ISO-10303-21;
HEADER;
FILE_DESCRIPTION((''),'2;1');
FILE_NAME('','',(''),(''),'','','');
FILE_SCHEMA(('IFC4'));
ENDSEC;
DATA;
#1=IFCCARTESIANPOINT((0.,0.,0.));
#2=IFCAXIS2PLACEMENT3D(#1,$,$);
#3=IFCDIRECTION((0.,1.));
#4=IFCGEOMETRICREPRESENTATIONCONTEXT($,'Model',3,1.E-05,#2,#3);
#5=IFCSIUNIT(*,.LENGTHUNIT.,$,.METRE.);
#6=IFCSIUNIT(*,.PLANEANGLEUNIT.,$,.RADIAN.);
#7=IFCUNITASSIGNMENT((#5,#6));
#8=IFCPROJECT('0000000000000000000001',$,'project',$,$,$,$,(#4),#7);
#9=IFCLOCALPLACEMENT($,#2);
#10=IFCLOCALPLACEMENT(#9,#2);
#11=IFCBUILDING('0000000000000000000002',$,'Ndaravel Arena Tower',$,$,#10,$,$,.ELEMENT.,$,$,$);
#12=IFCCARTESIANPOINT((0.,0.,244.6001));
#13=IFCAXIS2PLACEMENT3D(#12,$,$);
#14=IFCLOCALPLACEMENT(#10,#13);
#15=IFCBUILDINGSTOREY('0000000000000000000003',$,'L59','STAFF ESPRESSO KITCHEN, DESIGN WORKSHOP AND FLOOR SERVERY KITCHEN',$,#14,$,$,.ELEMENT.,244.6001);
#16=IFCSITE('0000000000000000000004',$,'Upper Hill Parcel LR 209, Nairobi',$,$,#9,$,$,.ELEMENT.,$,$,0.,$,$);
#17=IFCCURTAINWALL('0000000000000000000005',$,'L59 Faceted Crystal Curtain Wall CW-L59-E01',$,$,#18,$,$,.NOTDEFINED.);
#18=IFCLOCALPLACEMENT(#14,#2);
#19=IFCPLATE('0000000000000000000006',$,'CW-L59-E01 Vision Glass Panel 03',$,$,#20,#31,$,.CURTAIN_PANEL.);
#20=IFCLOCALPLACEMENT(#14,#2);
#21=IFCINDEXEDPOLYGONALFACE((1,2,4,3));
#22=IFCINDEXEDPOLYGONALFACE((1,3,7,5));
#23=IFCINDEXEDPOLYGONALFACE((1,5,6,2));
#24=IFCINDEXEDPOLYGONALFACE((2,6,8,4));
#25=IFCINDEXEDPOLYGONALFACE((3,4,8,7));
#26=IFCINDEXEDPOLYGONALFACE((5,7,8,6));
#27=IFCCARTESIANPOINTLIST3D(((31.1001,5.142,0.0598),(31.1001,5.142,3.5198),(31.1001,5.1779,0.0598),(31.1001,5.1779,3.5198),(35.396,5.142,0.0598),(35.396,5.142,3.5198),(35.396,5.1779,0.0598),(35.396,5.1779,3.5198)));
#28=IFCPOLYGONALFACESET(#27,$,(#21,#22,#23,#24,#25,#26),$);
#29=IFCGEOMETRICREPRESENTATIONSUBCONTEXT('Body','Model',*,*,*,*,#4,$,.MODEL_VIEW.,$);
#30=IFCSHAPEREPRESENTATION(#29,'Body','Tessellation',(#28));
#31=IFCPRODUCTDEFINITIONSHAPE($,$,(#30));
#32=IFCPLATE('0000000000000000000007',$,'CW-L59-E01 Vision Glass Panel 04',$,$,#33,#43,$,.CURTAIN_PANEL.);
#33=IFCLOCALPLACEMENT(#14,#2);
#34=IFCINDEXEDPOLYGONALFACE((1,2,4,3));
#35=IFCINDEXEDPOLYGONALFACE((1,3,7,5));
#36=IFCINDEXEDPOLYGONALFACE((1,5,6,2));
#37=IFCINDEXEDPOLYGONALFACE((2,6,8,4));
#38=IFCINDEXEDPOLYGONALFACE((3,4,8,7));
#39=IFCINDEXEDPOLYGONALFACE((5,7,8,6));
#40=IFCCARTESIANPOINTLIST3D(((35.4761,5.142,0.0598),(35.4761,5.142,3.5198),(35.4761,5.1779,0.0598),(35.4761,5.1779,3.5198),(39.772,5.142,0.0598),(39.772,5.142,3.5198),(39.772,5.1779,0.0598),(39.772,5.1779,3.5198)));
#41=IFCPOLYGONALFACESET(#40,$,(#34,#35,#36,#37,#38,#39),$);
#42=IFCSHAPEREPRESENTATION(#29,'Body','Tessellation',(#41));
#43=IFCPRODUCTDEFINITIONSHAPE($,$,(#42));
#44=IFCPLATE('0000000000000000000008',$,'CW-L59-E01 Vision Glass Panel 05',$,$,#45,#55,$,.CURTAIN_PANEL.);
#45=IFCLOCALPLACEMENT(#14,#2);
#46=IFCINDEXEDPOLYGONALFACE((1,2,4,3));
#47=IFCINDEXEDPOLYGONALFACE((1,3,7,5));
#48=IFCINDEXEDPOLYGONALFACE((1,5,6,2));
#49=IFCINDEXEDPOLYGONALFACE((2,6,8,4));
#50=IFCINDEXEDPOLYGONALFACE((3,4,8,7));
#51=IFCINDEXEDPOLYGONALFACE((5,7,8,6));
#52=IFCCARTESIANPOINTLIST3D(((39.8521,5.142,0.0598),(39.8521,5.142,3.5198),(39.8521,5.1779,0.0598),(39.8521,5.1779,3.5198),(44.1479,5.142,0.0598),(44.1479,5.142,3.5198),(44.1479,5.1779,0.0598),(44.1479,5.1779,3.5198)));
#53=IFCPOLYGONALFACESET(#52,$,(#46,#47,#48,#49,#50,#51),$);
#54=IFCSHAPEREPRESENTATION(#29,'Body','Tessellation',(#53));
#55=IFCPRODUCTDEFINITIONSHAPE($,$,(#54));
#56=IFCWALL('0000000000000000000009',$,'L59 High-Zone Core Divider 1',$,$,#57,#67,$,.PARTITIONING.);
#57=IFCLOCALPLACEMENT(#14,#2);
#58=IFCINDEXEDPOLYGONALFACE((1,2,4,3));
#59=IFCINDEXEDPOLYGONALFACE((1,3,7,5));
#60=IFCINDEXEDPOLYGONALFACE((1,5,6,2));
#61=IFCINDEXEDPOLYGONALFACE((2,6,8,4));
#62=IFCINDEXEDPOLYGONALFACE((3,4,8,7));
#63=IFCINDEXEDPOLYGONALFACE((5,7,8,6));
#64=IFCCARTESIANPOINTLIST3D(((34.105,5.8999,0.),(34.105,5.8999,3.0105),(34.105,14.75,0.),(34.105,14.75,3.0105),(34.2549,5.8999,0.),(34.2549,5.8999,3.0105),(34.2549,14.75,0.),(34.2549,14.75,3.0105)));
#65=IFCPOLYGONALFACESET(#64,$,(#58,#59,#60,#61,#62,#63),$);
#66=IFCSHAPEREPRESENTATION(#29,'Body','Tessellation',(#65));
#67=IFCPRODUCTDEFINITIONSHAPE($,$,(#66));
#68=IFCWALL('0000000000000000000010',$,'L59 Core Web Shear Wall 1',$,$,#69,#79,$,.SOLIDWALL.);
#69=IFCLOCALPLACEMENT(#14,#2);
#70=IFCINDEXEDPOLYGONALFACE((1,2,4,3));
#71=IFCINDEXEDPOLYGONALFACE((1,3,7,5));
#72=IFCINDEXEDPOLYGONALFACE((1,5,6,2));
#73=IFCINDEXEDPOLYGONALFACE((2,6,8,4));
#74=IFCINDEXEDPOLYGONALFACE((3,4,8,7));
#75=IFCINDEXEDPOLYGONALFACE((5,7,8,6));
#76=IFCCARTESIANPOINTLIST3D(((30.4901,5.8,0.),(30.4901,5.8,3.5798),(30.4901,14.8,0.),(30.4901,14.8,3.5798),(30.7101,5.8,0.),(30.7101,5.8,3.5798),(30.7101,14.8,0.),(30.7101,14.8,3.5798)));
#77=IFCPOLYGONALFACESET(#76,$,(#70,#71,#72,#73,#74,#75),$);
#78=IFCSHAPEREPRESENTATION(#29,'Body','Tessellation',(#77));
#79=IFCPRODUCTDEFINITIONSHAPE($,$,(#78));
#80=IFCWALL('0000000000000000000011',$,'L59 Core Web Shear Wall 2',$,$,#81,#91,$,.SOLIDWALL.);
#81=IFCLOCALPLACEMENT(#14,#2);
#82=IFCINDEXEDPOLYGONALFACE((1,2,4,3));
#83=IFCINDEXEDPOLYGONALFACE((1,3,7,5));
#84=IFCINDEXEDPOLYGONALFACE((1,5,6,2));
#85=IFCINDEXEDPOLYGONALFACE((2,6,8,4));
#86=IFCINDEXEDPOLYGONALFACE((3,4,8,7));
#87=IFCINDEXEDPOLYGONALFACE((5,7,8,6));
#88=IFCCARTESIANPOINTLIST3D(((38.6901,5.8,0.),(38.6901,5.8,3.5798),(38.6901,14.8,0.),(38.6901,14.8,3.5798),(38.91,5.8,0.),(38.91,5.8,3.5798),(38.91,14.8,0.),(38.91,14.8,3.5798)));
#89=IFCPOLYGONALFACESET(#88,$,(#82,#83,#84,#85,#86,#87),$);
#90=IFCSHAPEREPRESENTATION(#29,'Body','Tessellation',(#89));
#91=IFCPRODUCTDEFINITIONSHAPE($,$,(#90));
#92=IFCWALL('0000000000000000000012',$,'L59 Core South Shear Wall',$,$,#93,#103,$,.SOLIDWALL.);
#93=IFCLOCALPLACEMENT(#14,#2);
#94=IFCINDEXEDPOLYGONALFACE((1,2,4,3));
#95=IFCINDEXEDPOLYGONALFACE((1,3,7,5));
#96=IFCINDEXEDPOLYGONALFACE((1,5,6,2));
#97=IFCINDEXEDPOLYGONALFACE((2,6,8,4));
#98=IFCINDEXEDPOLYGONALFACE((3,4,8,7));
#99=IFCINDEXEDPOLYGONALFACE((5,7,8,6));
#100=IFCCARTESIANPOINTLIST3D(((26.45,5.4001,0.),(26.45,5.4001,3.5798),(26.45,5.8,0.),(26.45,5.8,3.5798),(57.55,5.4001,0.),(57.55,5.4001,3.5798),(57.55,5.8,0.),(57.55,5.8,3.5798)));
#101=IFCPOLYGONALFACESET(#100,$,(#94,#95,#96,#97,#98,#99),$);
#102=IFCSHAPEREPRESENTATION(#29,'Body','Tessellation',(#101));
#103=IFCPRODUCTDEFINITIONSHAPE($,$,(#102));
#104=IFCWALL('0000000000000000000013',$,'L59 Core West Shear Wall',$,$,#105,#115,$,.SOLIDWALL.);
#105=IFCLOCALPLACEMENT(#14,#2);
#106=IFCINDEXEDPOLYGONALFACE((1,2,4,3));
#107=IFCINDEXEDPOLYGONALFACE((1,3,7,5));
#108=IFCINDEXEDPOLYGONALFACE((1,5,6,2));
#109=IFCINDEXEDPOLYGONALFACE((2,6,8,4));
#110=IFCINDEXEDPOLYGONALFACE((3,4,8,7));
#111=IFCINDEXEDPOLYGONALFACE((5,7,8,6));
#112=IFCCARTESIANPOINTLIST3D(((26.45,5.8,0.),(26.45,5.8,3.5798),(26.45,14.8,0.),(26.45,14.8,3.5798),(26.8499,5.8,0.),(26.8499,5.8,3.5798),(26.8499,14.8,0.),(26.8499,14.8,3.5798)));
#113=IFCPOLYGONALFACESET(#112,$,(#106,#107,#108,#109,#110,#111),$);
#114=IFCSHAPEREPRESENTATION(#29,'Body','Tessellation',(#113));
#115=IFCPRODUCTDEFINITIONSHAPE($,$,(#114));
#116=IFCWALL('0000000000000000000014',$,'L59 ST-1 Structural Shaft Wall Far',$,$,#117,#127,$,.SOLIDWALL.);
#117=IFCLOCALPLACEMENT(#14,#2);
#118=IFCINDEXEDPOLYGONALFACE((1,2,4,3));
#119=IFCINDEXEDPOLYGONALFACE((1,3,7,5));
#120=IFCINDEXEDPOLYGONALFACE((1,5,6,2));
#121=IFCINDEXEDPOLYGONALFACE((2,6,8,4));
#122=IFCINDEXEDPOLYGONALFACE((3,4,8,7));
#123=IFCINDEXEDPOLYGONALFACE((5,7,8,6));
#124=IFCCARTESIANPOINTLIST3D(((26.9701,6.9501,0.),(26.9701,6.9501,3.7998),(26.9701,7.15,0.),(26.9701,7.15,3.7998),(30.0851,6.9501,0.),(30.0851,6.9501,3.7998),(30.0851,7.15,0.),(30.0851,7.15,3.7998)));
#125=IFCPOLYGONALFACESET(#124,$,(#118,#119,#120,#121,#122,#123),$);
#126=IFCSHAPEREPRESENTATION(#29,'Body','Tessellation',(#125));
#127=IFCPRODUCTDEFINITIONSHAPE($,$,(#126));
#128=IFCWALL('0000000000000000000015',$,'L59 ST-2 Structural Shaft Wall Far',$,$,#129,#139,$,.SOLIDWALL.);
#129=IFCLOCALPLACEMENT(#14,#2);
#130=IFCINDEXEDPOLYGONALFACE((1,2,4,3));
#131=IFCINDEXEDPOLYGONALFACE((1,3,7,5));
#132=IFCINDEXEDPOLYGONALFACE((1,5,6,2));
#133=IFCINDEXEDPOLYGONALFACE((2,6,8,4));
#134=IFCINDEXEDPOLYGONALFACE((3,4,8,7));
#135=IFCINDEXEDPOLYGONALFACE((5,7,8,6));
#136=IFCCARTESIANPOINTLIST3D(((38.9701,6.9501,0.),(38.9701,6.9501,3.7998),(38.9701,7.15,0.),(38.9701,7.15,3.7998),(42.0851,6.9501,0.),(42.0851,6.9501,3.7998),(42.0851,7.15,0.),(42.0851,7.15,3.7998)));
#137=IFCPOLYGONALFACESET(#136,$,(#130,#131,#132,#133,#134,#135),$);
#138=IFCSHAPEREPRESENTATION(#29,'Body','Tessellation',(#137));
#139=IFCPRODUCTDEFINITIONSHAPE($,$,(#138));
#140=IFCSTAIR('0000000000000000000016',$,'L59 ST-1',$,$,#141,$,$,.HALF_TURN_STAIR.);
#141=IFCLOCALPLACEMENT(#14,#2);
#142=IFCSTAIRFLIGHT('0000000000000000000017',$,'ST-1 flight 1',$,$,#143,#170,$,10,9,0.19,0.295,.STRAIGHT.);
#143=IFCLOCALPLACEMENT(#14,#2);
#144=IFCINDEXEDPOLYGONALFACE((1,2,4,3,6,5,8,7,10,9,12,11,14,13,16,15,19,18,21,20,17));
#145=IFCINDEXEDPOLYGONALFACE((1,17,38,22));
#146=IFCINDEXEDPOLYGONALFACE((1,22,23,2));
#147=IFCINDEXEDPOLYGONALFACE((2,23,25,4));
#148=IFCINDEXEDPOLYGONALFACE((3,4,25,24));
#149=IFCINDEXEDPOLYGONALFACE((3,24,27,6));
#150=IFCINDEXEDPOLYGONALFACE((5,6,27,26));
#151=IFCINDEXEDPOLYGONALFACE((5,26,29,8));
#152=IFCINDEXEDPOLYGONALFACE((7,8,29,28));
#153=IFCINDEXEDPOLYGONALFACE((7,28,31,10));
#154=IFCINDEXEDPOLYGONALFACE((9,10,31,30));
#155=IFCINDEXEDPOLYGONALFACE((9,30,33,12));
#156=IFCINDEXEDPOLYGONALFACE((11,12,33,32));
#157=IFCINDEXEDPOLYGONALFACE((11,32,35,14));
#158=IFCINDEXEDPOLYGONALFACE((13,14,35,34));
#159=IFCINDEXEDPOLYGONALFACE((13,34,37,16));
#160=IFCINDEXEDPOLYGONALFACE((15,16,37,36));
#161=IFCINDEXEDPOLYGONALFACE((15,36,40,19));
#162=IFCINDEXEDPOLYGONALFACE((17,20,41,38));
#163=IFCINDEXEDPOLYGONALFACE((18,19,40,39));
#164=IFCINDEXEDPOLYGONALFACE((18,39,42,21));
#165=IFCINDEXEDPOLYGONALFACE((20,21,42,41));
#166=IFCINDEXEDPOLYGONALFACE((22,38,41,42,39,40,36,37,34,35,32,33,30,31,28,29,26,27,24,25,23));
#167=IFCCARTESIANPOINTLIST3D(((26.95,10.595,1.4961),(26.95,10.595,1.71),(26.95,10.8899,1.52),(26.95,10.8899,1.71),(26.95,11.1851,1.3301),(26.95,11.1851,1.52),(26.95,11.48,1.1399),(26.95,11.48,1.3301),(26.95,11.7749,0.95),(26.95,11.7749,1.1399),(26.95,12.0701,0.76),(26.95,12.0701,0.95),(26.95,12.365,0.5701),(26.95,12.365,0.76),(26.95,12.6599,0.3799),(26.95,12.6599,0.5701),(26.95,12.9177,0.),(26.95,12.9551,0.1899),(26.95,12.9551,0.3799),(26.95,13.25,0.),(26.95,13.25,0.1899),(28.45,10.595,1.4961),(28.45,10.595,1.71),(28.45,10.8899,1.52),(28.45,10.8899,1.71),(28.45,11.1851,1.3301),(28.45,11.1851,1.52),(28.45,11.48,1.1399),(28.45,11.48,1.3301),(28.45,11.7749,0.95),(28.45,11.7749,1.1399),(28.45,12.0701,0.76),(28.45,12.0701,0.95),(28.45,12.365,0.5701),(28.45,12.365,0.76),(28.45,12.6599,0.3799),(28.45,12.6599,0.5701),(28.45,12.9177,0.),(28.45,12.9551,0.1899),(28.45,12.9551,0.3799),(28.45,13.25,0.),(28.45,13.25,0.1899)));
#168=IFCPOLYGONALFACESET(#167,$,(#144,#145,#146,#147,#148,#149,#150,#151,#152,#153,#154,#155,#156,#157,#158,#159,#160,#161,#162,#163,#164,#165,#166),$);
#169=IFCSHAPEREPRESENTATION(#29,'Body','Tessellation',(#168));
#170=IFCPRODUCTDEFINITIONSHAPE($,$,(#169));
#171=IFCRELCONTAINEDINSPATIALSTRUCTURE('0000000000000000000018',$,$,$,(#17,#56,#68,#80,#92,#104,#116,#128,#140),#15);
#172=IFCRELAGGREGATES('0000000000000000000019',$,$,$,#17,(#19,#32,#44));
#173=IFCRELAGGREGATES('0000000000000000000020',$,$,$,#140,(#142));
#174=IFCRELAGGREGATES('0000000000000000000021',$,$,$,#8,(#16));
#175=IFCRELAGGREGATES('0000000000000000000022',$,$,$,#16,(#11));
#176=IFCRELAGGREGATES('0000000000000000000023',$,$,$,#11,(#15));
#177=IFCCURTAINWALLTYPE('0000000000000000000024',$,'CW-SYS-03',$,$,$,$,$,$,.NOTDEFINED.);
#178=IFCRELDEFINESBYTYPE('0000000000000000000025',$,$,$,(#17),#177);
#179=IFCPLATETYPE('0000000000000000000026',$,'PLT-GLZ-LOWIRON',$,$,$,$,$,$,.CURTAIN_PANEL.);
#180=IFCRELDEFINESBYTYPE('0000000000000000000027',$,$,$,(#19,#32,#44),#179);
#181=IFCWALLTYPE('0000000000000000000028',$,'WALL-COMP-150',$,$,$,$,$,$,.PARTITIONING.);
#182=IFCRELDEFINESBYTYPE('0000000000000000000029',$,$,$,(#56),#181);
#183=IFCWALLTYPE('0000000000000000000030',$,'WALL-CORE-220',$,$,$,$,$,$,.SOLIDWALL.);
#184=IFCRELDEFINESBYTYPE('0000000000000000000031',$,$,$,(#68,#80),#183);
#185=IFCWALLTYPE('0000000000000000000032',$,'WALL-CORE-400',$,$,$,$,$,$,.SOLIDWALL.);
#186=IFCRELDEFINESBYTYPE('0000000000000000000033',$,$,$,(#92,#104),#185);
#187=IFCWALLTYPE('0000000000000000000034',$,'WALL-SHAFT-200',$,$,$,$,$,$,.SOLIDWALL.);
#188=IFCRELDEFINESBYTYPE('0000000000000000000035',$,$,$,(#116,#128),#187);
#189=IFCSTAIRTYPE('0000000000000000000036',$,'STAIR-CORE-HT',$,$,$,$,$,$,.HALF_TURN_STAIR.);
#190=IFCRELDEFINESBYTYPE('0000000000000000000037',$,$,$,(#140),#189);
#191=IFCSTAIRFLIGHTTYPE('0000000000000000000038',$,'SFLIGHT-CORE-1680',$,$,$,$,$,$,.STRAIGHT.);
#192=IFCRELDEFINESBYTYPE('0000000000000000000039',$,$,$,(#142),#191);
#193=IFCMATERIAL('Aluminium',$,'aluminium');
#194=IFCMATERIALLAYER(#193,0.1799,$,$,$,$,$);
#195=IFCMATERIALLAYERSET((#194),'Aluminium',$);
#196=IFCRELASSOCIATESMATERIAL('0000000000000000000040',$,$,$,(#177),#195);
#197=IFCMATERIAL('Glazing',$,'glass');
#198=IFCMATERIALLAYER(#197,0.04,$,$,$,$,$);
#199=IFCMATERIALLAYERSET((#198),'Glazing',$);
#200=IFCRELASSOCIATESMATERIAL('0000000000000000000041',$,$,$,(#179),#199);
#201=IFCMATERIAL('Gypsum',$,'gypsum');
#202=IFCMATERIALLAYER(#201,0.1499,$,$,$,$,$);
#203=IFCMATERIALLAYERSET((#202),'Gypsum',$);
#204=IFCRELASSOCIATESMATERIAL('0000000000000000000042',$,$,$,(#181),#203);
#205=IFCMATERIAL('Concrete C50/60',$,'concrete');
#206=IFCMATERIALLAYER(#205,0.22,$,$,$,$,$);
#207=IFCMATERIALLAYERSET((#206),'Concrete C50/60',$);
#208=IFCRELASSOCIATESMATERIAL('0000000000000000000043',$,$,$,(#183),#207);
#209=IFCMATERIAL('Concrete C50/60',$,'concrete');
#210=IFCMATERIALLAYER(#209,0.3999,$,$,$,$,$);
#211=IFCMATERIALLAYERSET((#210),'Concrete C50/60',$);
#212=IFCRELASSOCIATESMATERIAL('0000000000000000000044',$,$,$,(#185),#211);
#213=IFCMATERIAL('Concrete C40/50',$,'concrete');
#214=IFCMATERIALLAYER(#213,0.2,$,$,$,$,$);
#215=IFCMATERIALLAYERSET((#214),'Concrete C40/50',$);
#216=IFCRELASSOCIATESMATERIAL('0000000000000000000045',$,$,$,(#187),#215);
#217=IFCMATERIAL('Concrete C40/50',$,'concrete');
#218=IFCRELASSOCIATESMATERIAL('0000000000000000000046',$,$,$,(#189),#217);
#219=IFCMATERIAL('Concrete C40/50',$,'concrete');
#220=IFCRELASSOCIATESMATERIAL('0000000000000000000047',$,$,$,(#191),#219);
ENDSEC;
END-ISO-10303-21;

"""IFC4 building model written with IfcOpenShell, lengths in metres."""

from ifc_helpers import new_model, si_unit, direction, frame, frame_2d, origin, origin_2d, place, context, subcontext, project, spatial, polyline, rectangle, outline, extrude, material, layer, layer_set, type_object, element, aggregate, save


model = new_model("IFC4")

# Units and contexts
model_context = context("Model", 3, precision=1e-05, world=origin(), true_north=direction((0.0, 1.0)))
body_context = subcontext(model_context, "Body", "Model", "MODEL_VIEW")
ifc_project = project(units=[si_unit("LENGTHUNIT", "METRE"), si_unit("PLANEANGLEUNIT", "RADIAN")], contexts=[model_context])

# Site, building, storey
site_placement = place(None, origin())
site = spatial("IfcSite", under=ifc_project, at=site_placement, Name="Upper Hill Parcel LR 209, Nairobi", CompositionType="ELEMENT", RefElevation=0.0)
building_placement = place(site_placement, origin())
building = spatial("IfcBuilding", under=site, at=building_placement, Name="Ndaravel Arena Tower", CompositionType="ELEMENT")
storey_placement = place(building_placement, frame((0.0, 0.0, 244.6001)))
storey = spatial("IfcBuildingStorey", under=building, at=storey_placement, Name="L59", Description="STAFF ESPRESSO KITCHEN, DESIGN WORKSHOP AND FLOOR SERVERY KITCHEN", CompositionType="ELEMENT", Elevation=244.6001)

# Curtain wall, plates
ifc_material_1 = material(Name="Aluminium", Category="aluminium")
ifc_layer_1 = layer(ifc_material_1, 0.1799)
ifc_layer_set_1 = layer_set([ifc_layer_1], Name="Aluminium")
curtain_wall_type = type_object("IfcCurtainWallType", Name="CW-SYS-03", PredefinedType="NOTDEFINED", material=ifc_layer_set_1)
curtain_wall_placement = place(storey_placement, origin())
curtain_wall = element("IfcCurtainWall", 1, at=curtain_wall_placement, inside=storey, type_object=curtain_wall_type, Name="L59 Faceted Crystal Curtain Wall CW-L59-E01", PredefinedType="NOTDEFINED")
ifc_material_2 = material(Name="Glazing", Category="glass")
ifc_layer_2 = layer(ifc_material_2, 0.04)
ifc_layer_set_2 = layer_set([ifc_layer_2], Name="Glazing")
plate_type = type_object("IfcPlateType", Name="PLT-GLZ-LOWIRON", PredefinedType="CURTAIN_PANEL", material=ifc_layer_set_2)
plate_1_placement = place(storey_placement, frame((33.248, 5.1599, 0.0598), z_axis=(0.0, 0.0, 1.0), x_axis=(1.0, 0.0, 0.0)))
plate_1 = element("IfcPlate", 2, at=plate_1_placement, type_object=plate_type, Name="CW-L59-E01 Vision Glass Panel 03", PredefinedType="CURTAIN_PANEL", context=body_context, shape_type="SweptSolid", body=[
    extrude(rectangle(XDim=4.2959, YDim=0.0359, at=origin_2d()), origin(), (0.0, 0.0, 1.0), 3.46),
])
plate_2_placement = place(storey_placement, frame((37.624, 5.1599, 0.0598), z_axis=(0.0, 0.0, 1.0), x_axis=(1.0, 0.0, 0.0)))
plate_2 = element("IfcPlate", 3, at=plate_2_placement, type_object=plate_type, Name="CW-L59-E01 Vision Glass Panel 04", PredefinedType="CURTAIN_PANEL", context=body_context, shape_type="SweptSolid", body=[
    extrude(rectangle(XDim=4.2959, YDim=0.0359, at=origin_2d()), origin(), (0.0, 0.0, 1.0), 3.46),
])
plate_3_placement = place(storey_placement, frame((42.0, 5.1599, 0.0598), z_axis=(0.0, 0.0, 1.0), x_axis=(1.0, 0.0, 0.0)))
plate_3 = element("IfcPlate", 4, at=plate_3_placement, type_object=plate_type, Name="CW-L59-E01 Vision Glass Panel 05", PredefinedType="CURTAIN_PANEL", context=body_context, shape_type="SweptSolid", body=[
    extrude(rectangle(XDim=4.2959, YDim=0.0359, at=origin_2d()), origin(), (0.0, 0.0, 1.0), 3.46),
])
aggregate(curtain_wall, [plate_1, plate_2, plate_3])

# Walls
ifc_material_3 = material(Name="Gypsum", Category="gypsum")
ifc_layer_3 = layer(ifc_material_3, 0.1499)
ifc_layer_set_3 = layer_set([ifc_layer_3], Name="Gypsum")
wall_type_1 = type_object("IfcWallType", Name="WALL-COMP-150", PredefinedType="PARTITIONING", material=ifc_layer_set_3)
wall_1_placement = place(storey_placement, frame((34.1799, 5.8999, 0.0), z_axis=(0.0, 0.0, 1.0), x_axis=(0.0, 1.0, 0.0)))
element("IfcWall", 5, at=wall_1_placement, inside=storey, type_object=wall_type_1, Name="L59 High-Zone Core Divider 1", PredefinedType="PARTITIONING", context=body_context, shape_type="SweptSolid", body=[
    extrude(rectangle(XDim=8.8501, YDim=0.1499, at=frame_2d((4.425, 0.0))), origin(), (0.0, 0.0, 1.0), 3.0105),
])
ifc_material_4 = material(Name="Concrete C50/60", Category="concrete")
ifc_layer_4 = layer(ifc_material_4, 0.22)
ifc_layer_set_4 = layer_set([ifc_layer_4], Name="Concrete C50/60")
wall_type_2 = type_object("IfcWallType", Name="WALL-CORE-220", PredefinedType="SOLIDWALL", material=ifc_layer_set_4)
for number, where, z_axis, x_axis, name in (
    (6, (30.6001, 5.8, 0.0), (0.0, 0.0, 1.0), (0.0, 1.0, 0.0), "L59 Core Web Shear Wall 1"),
    (7, (38.8, 5.8, 0.0), (0.0, 0.0, 1.0), (0.0, 1.0, 0.0), "L59 Core Web Shear Wall 2"),
):
    element("IfcWall", number, at=place(storey_placement, frame(where, z_axis=z_axis, x_axis=x_axis)), inside=storey, type_object=wall_type_2, Name=name, PredefinedType="SOLIDWALL", context=body_context, shape_type="SweptSolid", body=[
        extrude(rectangle(XDim=9.0, YDim=0.22, at=frame_2d((4.5, 0.0))), origin(), (0.0, 0.0, 1.0), 3.5798),
    ])
ifc_material_5 = material(Name="Concrete C50/60", Category="concrete")
ifc_layer_5 = layer(ifc_material_5, 0.3999)
ifc_layer_set_5 = layer_set([ifc_layer_5], Name="Concrete C50/60")
wall_type_3 = type_object("IfcWallType", Name="WALL-CORE-400", PredefinedType="SOLIDWALL", material=ifc_layer_set_5)
wall_2_placement = place(storey_placement, frame((26.45, 5.6001, 0.0), z_axis=(0.0, 0.0, 1.0), x_axis=(1.0, 0.0, 0.0)))
element("IfcWall", 8, at=wall_2_placement, inside=storey, type_object=wall_type_3, Name="L59 Core South Shear Wall", PredefinedType="SOLIDWALL", context=body_context, shape_type="SweptSolid", body=[
    extrude(rectangle(XDim=31.1001, YDim=0.3999, at=frame_2d((15.55, 0.0))), origin(), (0.0, 0.0, 1.0), 3.5798),
])
wall_3_placement = place(storey_placement, frame((26.6499, 5.8, 0.0), z_axis=(0.0, 0.0, 1.0), x_axis=(0.0, 1.0, 0.0)))
element("IfcWall", 9, at=wall_3_placement, inside=storey, type_object=wall_type_3, Name="L59 Core West Shear Wall", PredefinedType="SOLIDWALL", context=body_context, shape_type="SweptSolid", body=[
    extrude(rectangle(XDim=9.0, YDim=0.3999, at=frame_2d((4.5, 0.0))), origin(), (0.0, 0.0, 1.0), 3.5798),
])
ifc_material_6 = material(Name="Concrete C40/50", Category="concrete")
ifc_layer_6 = layer(ifc_material_6, 0.2)
ifc_layer_set_6 = layer_set([ifc_layer_6], Name="Concrete C40/50")
wall_type_4 = type_object("IfcWallType", Name="WALL-SHAFT-200", PredefinedType="SOLIDWALL", material=ifc_layer_set_6)
for number, where, z_axis, x_axis, name in (
    (10, (26.97, 7.05, 0.0), (0.0, 0.0, 1.0), (1.0, 0.0, 0.0), "L59 ST-1 Structural Shaft Wall Far"),
    (11, (38.97, 7.05, 0.0), (0.0, 0.0, 1.0), (1.0, 0.0, 0.0), "L59 ST-2 Structural Shaft Wall Far"),
):
    element("IfcWall", number, at=place(storey_placement, frame(where, z_axis=z_axis, x_axis=x_axis)), inside=storey, type_object=wall_type_4, Name=name, PredefinedType="SOLIDWALL", context=body_context, shape_type="SweptSolid", body=[
        extrude(rectangle(XDim=3.115, YDim=0.2, at=frame_2d((1.5576, 0.0))), origin(), (0.0, 0.0, 1.0), 3.7998),
    ])

# Stair, stair flight
ifc_material_7 = material(Name="Concrete C40/50", Category="concrete")
stair_type = type_object("IfcStairType", Name="STAIR-CORE-HT", PredefinedType="HALF_TURN_STAIR", material=ifc_material_7)
stair_1_placement = place(storey_placement, origin())
stair_1 = element("IfcStair", 12, at=stair_1_placement, inside=storey, type_object=stair_type, Name="L59 ST-1", PredefinedType="HALF_TURN_STAIR")
ifc_material_8 = material(Name="Concrete C40/50", Category="concrete")
stair_flight_type = type_object("IfcStairFlightType", Name="SFLIGHT-CORE-1680", PredefinedType="STRAIGHT", material=ifc_material_8)
stair_flight_1_placement = place(storey_placement, frame((27.7, 13.25, 0.0), z_axis=(0.0, 0.0, 1.0), x_axis=(0.0, -1.0, 0.0)))
stair_flight_1 = element("IfcStairFlight", 13, at=stair_flight_1_placement, type_object=stair_flight_type, Name="ST-1 flight 1", NumberOfRisers=10, NumberOfTreads=9, PredefinedType="STRAIGHT", RiserHeight=0.19, TreadLength=0.295, context=body_context, shape_type="SweptSolid", body=[
    extrude(outline(polyline([(0.0, 0.0), (0.0, 0.1899), (0.2949, 0.1899), (0.2949, 0.3799), (0.5901, 0.3799), (0.5901, 0.5701), (0.885, 0.5701), (0.885, 0.76), (1.1799, 0.76), (1.1799, 0.95), (1.4751, 0.95), (1.4751, 1.1399), (1.77, 1.1399), (1.77, 1.3301), (2.0649, 1.3301), (2.0649, 1.52), (2.3601, 1.52), (2.3601, 1.71), (2.655, 1.71), (2.655, 1.8999), (2.655, 1.4961), (0.3323, 0.0), (0.0, 0.0)])), frame((0.0, 0.75, 0.0), z_axis=(0.0, -1.0, 0.0), x_axis=(1.0, 0.0, 0.0)), (0.0, 0.0, 1.0), 1.5),
])
aggregate(stair_1, [stair_flight_1])

save(model, "model.ifc")
